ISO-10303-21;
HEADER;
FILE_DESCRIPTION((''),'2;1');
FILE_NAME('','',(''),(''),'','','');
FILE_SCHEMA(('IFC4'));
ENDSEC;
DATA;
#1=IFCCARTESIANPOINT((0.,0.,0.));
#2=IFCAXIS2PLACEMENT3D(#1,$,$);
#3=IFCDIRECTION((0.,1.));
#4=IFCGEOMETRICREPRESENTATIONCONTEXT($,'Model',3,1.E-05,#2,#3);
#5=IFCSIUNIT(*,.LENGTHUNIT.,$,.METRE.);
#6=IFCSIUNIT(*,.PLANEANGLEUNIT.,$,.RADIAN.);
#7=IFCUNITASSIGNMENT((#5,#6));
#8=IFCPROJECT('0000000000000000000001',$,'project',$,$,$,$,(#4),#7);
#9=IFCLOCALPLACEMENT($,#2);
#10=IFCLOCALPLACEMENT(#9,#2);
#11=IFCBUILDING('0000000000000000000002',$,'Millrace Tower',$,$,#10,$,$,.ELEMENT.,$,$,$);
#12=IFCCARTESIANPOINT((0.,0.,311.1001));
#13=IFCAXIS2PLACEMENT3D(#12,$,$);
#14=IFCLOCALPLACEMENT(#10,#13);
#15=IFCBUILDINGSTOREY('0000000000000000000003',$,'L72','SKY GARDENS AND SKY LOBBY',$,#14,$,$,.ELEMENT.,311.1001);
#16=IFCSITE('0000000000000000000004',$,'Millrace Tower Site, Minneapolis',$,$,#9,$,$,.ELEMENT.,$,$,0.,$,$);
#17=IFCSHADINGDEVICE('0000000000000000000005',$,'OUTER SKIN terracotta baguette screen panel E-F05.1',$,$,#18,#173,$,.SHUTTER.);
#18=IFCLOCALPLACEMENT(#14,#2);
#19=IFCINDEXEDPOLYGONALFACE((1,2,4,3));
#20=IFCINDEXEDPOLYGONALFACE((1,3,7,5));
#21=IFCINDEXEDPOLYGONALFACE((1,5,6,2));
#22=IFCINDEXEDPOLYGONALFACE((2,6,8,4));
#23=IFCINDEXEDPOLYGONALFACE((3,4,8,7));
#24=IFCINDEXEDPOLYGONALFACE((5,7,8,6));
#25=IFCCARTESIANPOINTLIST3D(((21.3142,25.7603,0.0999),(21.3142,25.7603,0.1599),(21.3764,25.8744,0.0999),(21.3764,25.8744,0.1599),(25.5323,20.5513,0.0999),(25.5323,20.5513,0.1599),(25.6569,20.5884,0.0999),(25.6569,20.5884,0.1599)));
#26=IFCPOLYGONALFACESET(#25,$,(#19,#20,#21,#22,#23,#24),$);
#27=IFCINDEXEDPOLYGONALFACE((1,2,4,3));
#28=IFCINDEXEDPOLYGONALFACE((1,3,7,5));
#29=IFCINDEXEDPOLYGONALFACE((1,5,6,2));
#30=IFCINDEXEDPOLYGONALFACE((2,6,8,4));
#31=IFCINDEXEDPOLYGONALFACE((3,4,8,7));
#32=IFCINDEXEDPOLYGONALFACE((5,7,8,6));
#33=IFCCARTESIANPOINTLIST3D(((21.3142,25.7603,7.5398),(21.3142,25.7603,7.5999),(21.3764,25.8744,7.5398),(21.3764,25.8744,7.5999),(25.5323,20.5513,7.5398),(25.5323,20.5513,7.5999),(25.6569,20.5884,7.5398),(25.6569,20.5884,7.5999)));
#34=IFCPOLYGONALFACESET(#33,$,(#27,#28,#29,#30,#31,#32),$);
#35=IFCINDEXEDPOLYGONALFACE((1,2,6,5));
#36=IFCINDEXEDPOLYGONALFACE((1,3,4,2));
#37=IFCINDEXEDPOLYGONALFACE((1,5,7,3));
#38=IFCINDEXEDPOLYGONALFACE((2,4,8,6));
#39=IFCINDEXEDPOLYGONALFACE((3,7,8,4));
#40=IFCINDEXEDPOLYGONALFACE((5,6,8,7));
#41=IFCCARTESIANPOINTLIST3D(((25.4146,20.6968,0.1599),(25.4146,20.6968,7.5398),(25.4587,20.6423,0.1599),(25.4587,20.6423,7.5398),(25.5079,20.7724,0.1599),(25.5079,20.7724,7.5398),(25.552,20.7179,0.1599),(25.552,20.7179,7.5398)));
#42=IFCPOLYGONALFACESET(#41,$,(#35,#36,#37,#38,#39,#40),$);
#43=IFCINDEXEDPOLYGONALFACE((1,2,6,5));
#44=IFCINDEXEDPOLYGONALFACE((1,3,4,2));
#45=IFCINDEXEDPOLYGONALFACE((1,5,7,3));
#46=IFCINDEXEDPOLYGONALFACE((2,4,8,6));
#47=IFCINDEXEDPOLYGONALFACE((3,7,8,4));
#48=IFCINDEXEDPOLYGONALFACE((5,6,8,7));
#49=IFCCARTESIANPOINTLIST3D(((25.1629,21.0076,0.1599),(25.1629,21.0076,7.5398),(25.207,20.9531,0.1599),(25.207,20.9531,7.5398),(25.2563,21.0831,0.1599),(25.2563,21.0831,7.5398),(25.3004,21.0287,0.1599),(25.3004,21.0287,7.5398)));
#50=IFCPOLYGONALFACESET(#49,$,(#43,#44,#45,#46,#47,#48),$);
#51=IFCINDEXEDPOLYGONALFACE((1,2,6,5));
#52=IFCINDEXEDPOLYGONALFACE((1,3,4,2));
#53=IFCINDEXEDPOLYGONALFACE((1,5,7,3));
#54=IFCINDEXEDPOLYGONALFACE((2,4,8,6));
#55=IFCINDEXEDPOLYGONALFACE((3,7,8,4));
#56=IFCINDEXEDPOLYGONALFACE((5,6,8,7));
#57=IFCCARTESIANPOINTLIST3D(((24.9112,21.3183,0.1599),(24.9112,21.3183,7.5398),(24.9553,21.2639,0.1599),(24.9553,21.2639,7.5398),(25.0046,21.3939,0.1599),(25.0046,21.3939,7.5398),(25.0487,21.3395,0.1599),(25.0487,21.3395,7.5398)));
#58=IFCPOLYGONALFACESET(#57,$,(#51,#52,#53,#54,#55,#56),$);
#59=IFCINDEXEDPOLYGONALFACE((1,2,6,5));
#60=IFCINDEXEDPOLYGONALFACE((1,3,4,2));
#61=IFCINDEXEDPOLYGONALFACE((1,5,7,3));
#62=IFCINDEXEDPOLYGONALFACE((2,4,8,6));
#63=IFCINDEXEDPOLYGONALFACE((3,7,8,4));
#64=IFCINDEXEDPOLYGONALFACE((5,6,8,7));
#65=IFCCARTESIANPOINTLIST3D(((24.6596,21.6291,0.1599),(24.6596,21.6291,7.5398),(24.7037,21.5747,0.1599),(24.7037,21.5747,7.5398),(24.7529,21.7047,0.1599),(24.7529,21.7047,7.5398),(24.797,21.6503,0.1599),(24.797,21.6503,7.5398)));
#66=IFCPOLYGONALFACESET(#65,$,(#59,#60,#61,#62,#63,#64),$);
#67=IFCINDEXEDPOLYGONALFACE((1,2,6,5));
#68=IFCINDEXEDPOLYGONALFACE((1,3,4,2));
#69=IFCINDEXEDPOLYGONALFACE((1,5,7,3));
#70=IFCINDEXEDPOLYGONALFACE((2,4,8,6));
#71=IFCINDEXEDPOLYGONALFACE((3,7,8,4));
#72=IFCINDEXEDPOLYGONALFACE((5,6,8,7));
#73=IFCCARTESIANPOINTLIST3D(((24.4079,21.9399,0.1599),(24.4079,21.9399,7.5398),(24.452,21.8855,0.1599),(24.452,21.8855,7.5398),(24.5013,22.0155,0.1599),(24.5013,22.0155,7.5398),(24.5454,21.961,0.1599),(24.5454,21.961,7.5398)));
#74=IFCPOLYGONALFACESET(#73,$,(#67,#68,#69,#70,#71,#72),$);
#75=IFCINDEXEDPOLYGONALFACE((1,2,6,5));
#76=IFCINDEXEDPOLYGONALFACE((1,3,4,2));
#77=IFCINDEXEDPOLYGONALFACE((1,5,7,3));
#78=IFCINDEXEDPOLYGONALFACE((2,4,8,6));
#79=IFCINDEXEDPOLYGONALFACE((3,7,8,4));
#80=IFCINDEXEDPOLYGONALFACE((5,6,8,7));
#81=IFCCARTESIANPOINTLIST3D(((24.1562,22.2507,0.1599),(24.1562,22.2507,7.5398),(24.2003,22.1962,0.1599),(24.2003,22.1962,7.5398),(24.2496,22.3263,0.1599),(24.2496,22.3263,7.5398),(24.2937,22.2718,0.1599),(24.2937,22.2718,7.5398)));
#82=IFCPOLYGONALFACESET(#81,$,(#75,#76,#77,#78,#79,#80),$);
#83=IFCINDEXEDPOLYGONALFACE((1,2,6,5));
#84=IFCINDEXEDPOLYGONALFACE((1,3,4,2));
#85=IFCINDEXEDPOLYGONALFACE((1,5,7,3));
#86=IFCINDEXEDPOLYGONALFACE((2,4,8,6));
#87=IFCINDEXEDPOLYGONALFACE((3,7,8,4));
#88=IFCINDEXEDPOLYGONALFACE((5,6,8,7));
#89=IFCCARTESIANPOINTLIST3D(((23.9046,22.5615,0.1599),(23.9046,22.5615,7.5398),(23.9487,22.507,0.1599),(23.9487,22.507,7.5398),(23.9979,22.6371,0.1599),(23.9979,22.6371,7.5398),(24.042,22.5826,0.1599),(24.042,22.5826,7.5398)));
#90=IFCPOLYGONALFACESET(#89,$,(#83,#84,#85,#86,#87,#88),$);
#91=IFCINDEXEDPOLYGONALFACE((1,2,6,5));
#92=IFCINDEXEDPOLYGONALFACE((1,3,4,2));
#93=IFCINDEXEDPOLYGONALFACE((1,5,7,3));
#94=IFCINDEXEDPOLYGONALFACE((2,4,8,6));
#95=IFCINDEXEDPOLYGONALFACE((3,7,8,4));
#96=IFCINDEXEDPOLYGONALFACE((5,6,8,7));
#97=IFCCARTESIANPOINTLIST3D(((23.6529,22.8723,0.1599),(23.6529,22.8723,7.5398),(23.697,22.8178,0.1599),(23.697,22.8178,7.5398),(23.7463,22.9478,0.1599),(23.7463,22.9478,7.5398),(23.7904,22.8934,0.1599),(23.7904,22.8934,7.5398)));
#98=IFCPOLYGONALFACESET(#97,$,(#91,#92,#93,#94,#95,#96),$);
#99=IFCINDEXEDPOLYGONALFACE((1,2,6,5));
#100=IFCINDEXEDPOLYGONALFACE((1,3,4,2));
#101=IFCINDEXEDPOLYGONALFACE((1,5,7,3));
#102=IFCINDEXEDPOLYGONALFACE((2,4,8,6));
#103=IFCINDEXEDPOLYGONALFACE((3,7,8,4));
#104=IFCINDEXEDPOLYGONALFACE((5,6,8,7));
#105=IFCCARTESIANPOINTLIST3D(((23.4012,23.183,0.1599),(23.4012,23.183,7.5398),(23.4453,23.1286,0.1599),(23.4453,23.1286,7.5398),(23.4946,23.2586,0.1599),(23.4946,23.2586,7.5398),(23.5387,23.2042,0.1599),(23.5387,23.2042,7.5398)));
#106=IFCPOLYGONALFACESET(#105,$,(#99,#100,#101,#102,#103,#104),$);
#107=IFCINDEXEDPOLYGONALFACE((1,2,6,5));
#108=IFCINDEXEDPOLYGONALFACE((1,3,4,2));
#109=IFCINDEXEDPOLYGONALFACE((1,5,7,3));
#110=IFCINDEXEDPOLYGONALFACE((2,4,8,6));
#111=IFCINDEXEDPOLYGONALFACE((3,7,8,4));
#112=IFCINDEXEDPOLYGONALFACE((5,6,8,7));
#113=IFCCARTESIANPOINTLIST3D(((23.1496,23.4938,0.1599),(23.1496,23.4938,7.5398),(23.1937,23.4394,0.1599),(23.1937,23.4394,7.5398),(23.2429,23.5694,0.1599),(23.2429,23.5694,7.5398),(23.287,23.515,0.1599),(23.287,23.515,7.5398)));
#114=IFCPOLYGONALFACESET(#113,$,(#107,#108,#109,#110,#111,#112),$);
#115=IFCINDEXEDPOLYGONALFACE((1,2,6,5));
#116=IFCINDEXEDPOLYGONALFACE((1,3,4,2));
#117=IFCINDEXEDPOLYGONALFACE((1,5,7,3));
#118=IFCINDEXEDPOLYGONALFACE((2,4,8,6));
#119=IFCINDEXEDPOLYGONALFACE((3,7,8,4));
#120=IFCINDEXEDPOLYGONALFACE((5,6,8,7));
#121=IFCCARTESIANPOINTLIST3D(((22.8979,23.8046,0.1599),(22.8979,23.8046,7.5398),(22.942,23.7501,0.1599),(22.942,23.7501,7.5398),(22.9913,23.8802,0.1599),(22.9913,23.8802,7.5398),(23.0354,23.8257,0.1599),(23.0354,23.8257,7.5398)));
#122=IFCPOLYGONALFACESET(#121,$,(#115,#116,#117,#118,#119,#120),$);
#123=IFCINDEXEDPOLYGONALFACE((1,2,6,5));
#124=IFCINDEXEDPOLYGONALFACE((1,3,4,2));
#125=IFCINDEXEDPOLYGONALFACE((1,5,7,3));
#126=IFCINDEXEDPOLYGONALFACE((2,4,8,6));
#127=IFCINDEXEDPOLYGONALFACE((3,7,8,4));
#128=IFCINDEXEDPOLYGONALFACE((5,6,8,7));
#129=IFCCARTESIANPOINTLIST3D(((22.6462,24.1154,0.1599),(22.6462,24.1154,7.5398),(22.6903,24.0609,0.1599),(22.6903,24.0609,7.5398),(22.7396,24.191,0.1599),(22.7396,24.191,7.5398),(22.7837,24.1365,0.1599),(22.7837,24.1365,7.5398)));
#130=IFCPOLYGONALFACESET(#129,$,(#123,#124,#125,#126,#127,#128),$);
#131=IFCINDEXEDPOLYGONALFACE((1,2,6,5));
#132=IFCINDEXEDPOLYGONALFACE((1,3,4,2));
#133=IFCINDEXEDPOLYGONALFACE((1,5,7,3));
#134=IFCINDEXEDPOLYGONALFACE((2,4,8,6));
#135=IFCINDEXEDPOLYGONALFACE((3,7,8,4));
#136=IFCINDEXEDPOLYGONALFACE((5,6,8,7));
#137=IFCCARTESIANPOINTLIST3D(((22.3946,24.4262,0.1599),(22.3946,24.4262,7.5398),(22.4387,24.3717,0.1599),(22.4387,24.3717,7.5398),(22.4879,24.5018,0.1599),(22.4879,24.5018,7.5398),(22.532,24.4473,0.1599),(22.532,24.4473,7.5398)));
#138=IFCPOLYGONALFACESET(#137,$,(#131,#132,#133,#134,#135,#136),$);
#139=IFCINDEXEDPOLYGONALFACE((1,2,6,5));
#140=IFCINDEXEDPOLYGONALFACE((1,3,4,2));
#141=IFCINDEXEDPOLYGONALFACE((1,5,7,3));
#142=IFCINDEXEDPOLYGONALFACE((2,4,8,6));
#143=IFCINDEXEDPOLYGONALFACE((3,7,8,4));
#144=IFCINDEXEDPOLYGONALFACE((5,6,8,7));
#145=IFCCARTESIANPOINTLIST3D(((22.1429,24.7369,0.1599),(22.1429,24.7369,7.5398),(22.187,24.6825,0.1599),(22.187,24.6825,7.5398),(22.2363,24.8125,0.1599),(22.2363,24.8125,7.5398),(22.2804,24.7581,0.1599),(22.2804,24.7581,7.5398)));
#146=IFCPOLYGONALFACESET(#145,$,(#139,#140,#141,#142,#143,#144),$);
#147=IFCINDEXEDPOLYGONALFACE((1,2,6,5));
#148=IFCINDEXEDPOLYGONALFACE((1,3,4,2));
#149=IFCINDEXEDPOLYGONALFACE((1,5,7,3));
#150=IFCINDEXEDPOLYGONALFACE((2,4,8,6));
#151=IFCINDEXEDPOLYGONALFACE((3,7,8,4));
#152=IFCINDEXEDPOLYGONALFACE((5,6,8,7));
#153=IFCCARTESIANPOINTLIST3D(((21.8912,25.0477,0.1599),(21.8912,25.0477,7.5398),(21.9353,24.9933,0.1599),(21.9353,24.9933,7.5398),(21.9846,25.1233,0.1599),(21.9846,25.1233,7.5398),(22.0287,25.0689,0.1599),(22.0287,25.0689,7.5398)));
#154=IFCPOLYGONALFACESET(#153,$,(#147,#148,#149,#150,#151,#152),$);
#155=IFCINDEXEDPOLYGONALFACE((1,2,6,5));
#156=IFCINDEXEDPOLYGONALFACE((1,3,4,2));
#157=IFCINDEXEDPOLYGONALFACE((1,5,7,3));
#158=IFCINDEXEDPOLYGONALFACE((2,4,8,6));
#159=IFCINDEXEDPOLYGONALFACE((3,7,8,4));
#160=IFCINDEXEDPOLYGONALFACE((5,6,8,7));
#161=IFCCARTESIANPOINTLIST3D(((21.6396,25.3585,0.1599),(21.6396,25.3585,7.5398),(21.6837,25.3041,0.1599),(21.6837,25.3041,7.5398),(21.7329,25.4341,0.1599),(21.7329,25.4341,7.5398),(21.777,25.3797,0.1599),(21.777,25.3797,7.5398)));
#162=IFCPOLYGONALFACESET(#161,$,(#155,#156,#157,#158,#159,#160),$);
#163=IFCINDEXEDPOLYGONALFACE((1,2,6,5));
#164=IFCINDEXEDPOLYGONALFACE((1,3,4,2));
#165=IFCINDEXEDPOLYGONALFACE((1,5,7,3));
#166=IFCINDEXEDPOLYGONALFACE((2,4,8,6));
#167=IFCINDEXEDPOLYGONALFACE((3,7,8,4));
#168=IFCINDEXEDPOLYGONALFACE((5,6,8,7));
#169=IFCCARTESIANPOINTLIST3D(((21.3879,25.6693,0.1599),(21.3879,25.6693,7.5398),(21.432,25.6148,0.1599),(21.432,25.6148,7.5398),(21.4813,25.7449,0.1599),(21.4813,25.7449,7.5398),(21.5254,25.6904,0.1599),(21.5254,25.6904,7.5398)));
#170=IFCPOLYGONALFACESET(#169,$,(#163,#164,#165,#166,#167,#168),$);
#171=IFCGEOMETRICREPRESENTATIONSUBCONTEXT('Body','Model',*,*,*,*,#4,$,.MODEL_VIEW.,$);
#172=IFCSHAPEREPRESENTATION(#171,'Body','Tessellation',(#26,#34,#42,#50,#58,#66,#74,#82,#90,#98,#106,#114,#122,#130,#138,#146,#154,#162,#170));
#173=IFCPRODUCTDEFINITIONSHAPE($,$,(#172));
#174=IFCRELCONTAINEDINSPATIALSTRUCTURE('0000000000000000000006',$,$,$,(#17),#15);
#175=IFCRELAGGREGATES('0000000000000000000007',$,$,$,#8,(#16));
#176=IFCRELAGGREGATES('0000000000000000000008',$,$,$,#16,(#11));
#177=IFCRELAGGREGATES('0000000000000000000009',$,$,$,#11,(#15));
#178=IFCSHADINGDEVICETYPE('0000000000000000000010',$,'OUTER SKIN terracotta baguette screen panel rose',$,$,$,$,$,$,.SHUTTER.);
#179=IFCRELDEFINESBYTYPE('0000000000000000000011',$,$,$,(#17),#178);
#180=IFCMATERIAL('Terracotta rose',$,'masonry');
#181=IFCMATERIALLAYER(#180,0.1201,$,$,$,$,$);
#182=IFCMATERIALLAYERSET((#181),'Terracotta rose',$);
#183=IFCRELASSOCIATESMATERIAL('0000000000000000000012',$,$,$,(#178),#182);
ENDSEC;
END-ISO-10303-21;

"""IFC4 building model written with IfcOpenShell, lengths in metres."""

from ifc_helpers import new_model, entity, si_unit, direction, frame, frame_2d, origin, origin_2d, place, context, subcontext, project, spatial, rectangle, extrude, source, transform, mapped, material, layer, layer_set, type_object, element, save


model = new_model("IFC4")

# Units and contexts
model_context = context("Model", 3, precision=1e-05, world=origin(), true_north=direction((0.0, 1.0)))
body_context = subcontext(model_context, "Body", "Model", "MODEL_VIEW")
ifc_project = project(units=[si_unit("LENGTHUNIT", "METRE"), si_unit("PLANEANGLEUNIT", "RADIAN")], contexts=[model_context])

# Site, building, storey
site_placement = place(None, origin())
site = spatial("IfcSite", under=ifc_project, at=site_placement, Name="Millrace Tower Site, Minneapolis", CompositionType="ELEMENT", RefElevation=0.0)
building_placement = place(site_placement, origin())
building = spatial("IfcBuilding", under=site, at=building_placement, Name="Millrace Tower", CompositionType="ELEMENT")
storey_placement = place(building_placement, frame((0.0, 0.0, 311.1001)))
storey = spatial("IfcBuildingStorey", under=building, at=storey_placement, Name="L72", Description="SKY GARDENS AND SKY LOBBY", CompositionType="ELEMENT", Elevation=311.1001)

# Shading device
ifc_material_1 = material(Name="Terracotta rose", Category="masonry")
ifc_layer_1 = layer(ifc_material_1, 0.1201)
ifc_layer_set_1 = layer_set([ifc_layer_1], Name="Terracotta rose")
shading_device_type = type_object("IfcShadingDeviceType", Name="OUTER SKIN terracotta baguette screen panel rose", PredefinedType="SHUTTER", material=ifc_layer_set_1)
cartesian_point_1 = entity("IfcCartesianPoint", [-3.3513, 0.0601])
shared_polyline_1 = entity("IfcPolyline", [cartesian_point_1, entity("IfcCartesianPoint", [3.3513, 0.0601]), entity("IfcCartesianPoint", [3.4009, -0.0601]), entity("IfcCartesianPoint", [-3.4009, -0.0601]), cartesian_point_1])
shared_shape_1 = source(origin(), body_context, "Body", "SweptSolid", [
    entity("IfcExtrudedAreaSolid", entity("IfcArbitraryClosedProfileDef", "AREA", None, shared_polyline_1), entity("IfcAxis2Placement3D", entity("IfcCartesianPoint", [0.0, 0.0, 0.0])), entity("IfcDirection", [0.0, 0.0, 1.0]), 0.0601),
    entity("IfcExtrudedAreaSolid", entity("IfcArbitraryClosedProfileDef", "AREA", None, shared_polyline_1), entity("IfcAxis2Placement3D", entity("IfcCartesianPoint", [0.0, 0.0, 7.4399])), entity("IfcDirection", [0.0, 0.0, 1.0]), 0.0601),
    extrude(rectangle(XDim=0.0701, YDim=0.1201, at=frame_2d((-3.1992, 0.0))), frame((0.0, 0.0, 0.0601)), (0.0, 0.0, 1.0), 7.3799),
    extrude(rectangle(XDim=0.0701, YDim=0.1201, at=frame_2d((-2.7993, 0.0))), frame((0.0, 0.0, 0.0601)), (0.0, 0.0, 1.0), 7.3799),
    extrude(rectangle(XDim=0.0701, YDim=0.1201, at=frame_2d((-2.3994, 0.0))), frame((0.0, 0.0, 0.0601)), (0.0, 0.0, 1.0), 7.3799),
    extrude(rectangle(XDim=0.0701, YDim=0.1201, at=frame_2d((-1.9995, 0.0))), frame((0.0, 0.0, 0.0601)), (0.0, 0.0, 1.0), 7.3799),
    extrude(rectangle(XDim=0.0701, YDim=0.1201, at=frame_2d((-1.5996, 0.0))), frame((0.0, 0.0, 0.0601)), (0.0, 0.0, 1.0), 7.3799),
    extrude(rectangle(XDim=0.0701, YDim=0.1201, at=frame_2d((-1.1997, 0.0))), frame((0.0, 0.0, 0.0601)), (0.0, 0.0, 1.0), 7.3799),
    extrude(rectangle(XDim=0.0701, YDim=0.1201, at=frame_2d((-0.7998, 0.0))), frame((0.0, 0.0, 0.0601)), (0.0, 0.0, 1.0), 7.3799),
    extrude(rectangle(XDim=0.0701, YDim=0.1201, at=frame_2d((-0.3999, 0.0))), frame((0.0, 0.0, 0.0601)), (0.0, 0.0, 1.0), 7.3799),
    extrude(rectangle(XDim=0.0701, YDim=0.1201, at=origin_2d()), frame((0.0, 0.0, 0.0601)), (0.0, 0.0, 1.0), 7.3799),
    extrude(rectangle(XDim=0.0701, YDim=0.1201, at=frame_2d((0.3999, 0.0))), frame((0.0, 0.0, 0.0601)), (0.0, 0.0, 1.0), 7.3799),
    extrude(rectangle(XDim=0.0701, YDim=0.1201, at=frame_2d((0.7998, 0.0))), frame((0.0, 0.0, 0.0601)), (0.0, 0.0, 1.0), 7.3799),
    extrude(rectangle(XDim=0.0701, YDim=0.1201, at=frame_2d((1.1997, 0.0))), frame((0.0, 0.0, 0.0601)), (0.0, 0.0, 1.0), 7.3799),
    extrude(rectangle(XDim=0.0701, YDim=0.1201, at=frame_2d((1.5996, 0.0))), frame((0.0, 0.0, 0.0601)), (0.0, 0.0, 1.0), 7.3799),
    extrude(rectangle(XDim=0.0701, YDim=0.1201, at=frame_2d((1.9995, 0.0))), frame((0.0, 0.0, 0.0601)), (0.0, 0.0, 1.0), 7.3799),
    extrude(rectangle(XDim=0.0701, YDim=0.1201, at=frame_2d((2.3994, 0.0))), frame((0.0, 0.0, 0.0601)), (0.0, 0.0, 1.0), 7.3799),
    extrude(rectangle(XDim=0.0701, YDim=0.1201, at=frame_2d((2.7993, 0.0))), frame((0.0, 0.0, 0.0601)), (0.0, 0.0, 1.0), 7.3799),
    extrude(rectangle(XDim=0.0701, YDim=0.1201, at=frame_2d((3.1992, 0.0))), frame((0.0, 0.0, 0.0601)), (0.0, 0.0, 1.0), 7.3799),
])
shading_device_1_placement = place(storey_placement, frame((23.47, 23.1936, 0.0999), z_axis=(0.0, 0.0, 1.0), x_axis=(-0.62932, 0.777146, 0.0)))
element("IfcShadingDevice", 1, at=shading_device_1_placement, inside=storey, type_object=shading_device_type, Name="OUTER SKIN terracotta baguette screen panel E-F05.1", PredefinedType="SHUTTER", context=body_context, shape_type="MappedRepresentation", body=[
    mapped(shared_shape_1, transform((0.0, 0.0, 0.0), scale=1.0)),
])

save(model, "model.ifc")
